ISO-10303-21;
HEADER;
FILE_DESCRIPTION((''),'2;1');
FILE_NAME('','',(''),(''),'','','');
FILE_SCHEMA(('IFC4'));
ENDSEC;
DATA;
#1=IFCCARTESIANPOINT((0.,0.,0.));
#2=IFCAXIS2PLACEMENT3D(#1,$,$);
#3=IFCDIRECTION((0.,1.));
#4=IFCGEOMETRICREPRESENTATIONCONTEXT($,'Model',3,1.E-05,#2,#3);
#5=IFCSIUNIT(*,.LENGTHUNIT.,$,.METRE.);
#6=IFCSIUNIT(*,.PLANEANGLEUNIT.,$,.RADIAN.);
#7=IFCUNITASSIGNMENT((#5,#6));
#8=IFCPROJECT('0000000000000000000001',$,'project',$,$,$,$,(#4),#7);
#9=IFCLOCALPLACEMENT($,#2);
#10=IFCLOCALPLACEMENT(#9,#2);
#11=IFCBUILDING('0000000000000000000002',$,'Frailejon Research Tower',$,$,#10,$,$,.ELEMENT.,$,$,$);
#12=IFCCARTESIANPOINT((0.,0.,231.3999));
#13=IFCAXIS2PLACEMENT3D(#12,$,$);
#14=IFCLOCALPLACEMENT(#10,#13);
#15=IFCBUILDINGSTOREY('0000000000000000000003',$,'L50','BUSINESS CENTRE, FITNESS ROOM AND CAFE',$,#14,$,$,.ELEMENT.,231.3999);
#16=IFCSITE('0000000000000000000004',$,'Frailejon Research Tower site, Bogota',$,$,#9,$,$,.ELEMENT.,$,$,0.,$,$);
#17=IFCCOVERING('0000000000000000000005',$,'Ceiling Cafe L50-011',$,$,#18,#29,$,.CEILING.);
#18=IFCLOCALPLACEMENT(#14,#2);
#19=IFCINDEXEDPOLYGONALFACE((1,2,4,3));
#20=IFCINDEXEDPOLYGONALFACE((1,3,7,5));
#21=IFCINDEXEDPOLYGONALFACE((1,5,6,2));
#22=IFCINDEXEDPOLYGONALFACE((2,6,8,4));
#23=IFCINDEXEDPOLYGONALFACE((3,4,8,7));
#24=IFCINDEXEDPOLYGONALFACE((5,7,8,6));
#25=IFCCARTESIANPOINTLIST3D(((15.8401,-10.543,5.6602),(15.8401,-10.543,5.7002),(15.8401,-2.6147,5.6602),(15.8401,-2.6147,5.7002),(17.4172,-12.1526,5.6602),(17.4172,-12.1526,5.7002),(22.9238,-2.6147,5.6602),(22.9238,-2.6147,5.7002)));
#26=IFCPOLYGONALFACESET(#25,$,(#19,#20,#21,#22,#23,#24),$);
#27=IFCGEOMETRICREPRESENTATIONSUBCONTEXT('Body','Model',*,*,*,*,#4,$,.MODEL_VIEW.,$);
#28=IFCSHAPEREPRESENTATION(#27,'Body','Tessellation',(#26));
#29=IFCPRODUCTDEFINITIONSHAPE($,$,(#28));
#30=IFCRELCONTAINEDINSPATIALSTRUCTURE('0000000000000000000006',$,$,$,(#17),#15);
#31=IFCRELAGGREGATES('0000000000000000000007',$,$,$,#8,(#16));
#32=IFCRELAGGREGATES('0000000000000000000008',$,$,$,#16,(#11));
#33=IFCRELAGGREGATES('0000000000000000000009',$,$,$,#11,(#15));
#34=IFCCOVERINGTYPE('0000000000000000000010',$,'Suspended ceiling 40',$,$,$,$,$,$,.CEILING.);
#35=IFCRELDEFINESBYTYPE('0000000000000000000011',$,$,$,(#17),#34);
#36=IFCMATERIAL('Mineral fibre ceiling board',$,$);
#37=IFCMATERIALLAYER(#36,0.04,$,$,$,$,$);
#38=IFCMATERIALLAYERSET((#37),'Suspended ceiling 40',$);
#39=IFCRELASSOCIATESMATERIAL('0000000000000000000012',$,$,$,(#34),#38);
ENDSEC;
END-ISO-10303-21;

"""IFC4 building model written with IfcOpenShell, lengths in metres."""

from ifc_helpers import new_model, si_unit, direction, frame, origin, place, context, subcontext, project, spatial, polyline, outline, extrude, material, layer, layer_set, type_object, element, save


model = new_model("IFC4")

# Units and contexts
model_context = context("Model", 3, precision=1e-05, world=origin(), true_north=direction((0.0, 1.0)))
body_context = subcontext(model_context, "Body", "Model", "MODEL_VIEW")
ifc_project = project(units=[si_unit("LENGTHUNIT", "METRE"), si_unit("PLANEANGLEUNIT", "RADIAN")], contexts=[model_context])

# Site, building, storey
site_placement = place(None, origin())
site = spatial("IfcSite", under=ifc_project, at=site_placement, Name="Frailejon Research Tower site, Bogota", CompositionType="ELEMENT", RefElevation=0.0)
building_placement = place(site_placement, origin())
building = spatial("IfcBuilding", under=site, at=building_placement, Name="Frailejon Research Tower", CompositionType="ELEMENT")
storey_placement = place(building_placement, frame((0.0, 0.0, 231.3999)))
storey = spatial("IfcBuildingStorey", under=building, at=storey_placement, Name="L50", Description="BUSINESS CENTRE, FITNESS ROOM AND CAFE", CompositionType="ELEMENT", Elevation=231.3999)

# Covering
ifc_material_1 = material(Name="Mineral fibre ceiling board")
ifc_layer_1 = layer(ifc_material_1, 0.04)
ifc_layer_set_1 = layer_set([ifc_layer_1], Name="Suspended ceiling 40")
covering_type = type_object("IfcCoveringType", Name="Suspended ceiling 40", PredefinedType="CEILING", material=ifc_layer_set_1)
covering_1_placement = place(storey_placement, frame((0.0, 0.0, 5.6602)))
element("IfcCovering", 1, at=covering_1_placement, inside=storey, type_object=covering_type, Name="Ceiling Cafe L50-011", PredefinedType="CEILING", context=body_context, shape_type="SweptSolid", body=[
    extrude(outline(polyline([(15.8401, -2.6147), (15.8401, -10.543), (17.4172, -12.1526), (22.9238, -2.6147), (15.8401, -2.6147)])), origin(), (0.0, 0.0, 1.0), 0.04),
])

save(model, "model.ifc")
